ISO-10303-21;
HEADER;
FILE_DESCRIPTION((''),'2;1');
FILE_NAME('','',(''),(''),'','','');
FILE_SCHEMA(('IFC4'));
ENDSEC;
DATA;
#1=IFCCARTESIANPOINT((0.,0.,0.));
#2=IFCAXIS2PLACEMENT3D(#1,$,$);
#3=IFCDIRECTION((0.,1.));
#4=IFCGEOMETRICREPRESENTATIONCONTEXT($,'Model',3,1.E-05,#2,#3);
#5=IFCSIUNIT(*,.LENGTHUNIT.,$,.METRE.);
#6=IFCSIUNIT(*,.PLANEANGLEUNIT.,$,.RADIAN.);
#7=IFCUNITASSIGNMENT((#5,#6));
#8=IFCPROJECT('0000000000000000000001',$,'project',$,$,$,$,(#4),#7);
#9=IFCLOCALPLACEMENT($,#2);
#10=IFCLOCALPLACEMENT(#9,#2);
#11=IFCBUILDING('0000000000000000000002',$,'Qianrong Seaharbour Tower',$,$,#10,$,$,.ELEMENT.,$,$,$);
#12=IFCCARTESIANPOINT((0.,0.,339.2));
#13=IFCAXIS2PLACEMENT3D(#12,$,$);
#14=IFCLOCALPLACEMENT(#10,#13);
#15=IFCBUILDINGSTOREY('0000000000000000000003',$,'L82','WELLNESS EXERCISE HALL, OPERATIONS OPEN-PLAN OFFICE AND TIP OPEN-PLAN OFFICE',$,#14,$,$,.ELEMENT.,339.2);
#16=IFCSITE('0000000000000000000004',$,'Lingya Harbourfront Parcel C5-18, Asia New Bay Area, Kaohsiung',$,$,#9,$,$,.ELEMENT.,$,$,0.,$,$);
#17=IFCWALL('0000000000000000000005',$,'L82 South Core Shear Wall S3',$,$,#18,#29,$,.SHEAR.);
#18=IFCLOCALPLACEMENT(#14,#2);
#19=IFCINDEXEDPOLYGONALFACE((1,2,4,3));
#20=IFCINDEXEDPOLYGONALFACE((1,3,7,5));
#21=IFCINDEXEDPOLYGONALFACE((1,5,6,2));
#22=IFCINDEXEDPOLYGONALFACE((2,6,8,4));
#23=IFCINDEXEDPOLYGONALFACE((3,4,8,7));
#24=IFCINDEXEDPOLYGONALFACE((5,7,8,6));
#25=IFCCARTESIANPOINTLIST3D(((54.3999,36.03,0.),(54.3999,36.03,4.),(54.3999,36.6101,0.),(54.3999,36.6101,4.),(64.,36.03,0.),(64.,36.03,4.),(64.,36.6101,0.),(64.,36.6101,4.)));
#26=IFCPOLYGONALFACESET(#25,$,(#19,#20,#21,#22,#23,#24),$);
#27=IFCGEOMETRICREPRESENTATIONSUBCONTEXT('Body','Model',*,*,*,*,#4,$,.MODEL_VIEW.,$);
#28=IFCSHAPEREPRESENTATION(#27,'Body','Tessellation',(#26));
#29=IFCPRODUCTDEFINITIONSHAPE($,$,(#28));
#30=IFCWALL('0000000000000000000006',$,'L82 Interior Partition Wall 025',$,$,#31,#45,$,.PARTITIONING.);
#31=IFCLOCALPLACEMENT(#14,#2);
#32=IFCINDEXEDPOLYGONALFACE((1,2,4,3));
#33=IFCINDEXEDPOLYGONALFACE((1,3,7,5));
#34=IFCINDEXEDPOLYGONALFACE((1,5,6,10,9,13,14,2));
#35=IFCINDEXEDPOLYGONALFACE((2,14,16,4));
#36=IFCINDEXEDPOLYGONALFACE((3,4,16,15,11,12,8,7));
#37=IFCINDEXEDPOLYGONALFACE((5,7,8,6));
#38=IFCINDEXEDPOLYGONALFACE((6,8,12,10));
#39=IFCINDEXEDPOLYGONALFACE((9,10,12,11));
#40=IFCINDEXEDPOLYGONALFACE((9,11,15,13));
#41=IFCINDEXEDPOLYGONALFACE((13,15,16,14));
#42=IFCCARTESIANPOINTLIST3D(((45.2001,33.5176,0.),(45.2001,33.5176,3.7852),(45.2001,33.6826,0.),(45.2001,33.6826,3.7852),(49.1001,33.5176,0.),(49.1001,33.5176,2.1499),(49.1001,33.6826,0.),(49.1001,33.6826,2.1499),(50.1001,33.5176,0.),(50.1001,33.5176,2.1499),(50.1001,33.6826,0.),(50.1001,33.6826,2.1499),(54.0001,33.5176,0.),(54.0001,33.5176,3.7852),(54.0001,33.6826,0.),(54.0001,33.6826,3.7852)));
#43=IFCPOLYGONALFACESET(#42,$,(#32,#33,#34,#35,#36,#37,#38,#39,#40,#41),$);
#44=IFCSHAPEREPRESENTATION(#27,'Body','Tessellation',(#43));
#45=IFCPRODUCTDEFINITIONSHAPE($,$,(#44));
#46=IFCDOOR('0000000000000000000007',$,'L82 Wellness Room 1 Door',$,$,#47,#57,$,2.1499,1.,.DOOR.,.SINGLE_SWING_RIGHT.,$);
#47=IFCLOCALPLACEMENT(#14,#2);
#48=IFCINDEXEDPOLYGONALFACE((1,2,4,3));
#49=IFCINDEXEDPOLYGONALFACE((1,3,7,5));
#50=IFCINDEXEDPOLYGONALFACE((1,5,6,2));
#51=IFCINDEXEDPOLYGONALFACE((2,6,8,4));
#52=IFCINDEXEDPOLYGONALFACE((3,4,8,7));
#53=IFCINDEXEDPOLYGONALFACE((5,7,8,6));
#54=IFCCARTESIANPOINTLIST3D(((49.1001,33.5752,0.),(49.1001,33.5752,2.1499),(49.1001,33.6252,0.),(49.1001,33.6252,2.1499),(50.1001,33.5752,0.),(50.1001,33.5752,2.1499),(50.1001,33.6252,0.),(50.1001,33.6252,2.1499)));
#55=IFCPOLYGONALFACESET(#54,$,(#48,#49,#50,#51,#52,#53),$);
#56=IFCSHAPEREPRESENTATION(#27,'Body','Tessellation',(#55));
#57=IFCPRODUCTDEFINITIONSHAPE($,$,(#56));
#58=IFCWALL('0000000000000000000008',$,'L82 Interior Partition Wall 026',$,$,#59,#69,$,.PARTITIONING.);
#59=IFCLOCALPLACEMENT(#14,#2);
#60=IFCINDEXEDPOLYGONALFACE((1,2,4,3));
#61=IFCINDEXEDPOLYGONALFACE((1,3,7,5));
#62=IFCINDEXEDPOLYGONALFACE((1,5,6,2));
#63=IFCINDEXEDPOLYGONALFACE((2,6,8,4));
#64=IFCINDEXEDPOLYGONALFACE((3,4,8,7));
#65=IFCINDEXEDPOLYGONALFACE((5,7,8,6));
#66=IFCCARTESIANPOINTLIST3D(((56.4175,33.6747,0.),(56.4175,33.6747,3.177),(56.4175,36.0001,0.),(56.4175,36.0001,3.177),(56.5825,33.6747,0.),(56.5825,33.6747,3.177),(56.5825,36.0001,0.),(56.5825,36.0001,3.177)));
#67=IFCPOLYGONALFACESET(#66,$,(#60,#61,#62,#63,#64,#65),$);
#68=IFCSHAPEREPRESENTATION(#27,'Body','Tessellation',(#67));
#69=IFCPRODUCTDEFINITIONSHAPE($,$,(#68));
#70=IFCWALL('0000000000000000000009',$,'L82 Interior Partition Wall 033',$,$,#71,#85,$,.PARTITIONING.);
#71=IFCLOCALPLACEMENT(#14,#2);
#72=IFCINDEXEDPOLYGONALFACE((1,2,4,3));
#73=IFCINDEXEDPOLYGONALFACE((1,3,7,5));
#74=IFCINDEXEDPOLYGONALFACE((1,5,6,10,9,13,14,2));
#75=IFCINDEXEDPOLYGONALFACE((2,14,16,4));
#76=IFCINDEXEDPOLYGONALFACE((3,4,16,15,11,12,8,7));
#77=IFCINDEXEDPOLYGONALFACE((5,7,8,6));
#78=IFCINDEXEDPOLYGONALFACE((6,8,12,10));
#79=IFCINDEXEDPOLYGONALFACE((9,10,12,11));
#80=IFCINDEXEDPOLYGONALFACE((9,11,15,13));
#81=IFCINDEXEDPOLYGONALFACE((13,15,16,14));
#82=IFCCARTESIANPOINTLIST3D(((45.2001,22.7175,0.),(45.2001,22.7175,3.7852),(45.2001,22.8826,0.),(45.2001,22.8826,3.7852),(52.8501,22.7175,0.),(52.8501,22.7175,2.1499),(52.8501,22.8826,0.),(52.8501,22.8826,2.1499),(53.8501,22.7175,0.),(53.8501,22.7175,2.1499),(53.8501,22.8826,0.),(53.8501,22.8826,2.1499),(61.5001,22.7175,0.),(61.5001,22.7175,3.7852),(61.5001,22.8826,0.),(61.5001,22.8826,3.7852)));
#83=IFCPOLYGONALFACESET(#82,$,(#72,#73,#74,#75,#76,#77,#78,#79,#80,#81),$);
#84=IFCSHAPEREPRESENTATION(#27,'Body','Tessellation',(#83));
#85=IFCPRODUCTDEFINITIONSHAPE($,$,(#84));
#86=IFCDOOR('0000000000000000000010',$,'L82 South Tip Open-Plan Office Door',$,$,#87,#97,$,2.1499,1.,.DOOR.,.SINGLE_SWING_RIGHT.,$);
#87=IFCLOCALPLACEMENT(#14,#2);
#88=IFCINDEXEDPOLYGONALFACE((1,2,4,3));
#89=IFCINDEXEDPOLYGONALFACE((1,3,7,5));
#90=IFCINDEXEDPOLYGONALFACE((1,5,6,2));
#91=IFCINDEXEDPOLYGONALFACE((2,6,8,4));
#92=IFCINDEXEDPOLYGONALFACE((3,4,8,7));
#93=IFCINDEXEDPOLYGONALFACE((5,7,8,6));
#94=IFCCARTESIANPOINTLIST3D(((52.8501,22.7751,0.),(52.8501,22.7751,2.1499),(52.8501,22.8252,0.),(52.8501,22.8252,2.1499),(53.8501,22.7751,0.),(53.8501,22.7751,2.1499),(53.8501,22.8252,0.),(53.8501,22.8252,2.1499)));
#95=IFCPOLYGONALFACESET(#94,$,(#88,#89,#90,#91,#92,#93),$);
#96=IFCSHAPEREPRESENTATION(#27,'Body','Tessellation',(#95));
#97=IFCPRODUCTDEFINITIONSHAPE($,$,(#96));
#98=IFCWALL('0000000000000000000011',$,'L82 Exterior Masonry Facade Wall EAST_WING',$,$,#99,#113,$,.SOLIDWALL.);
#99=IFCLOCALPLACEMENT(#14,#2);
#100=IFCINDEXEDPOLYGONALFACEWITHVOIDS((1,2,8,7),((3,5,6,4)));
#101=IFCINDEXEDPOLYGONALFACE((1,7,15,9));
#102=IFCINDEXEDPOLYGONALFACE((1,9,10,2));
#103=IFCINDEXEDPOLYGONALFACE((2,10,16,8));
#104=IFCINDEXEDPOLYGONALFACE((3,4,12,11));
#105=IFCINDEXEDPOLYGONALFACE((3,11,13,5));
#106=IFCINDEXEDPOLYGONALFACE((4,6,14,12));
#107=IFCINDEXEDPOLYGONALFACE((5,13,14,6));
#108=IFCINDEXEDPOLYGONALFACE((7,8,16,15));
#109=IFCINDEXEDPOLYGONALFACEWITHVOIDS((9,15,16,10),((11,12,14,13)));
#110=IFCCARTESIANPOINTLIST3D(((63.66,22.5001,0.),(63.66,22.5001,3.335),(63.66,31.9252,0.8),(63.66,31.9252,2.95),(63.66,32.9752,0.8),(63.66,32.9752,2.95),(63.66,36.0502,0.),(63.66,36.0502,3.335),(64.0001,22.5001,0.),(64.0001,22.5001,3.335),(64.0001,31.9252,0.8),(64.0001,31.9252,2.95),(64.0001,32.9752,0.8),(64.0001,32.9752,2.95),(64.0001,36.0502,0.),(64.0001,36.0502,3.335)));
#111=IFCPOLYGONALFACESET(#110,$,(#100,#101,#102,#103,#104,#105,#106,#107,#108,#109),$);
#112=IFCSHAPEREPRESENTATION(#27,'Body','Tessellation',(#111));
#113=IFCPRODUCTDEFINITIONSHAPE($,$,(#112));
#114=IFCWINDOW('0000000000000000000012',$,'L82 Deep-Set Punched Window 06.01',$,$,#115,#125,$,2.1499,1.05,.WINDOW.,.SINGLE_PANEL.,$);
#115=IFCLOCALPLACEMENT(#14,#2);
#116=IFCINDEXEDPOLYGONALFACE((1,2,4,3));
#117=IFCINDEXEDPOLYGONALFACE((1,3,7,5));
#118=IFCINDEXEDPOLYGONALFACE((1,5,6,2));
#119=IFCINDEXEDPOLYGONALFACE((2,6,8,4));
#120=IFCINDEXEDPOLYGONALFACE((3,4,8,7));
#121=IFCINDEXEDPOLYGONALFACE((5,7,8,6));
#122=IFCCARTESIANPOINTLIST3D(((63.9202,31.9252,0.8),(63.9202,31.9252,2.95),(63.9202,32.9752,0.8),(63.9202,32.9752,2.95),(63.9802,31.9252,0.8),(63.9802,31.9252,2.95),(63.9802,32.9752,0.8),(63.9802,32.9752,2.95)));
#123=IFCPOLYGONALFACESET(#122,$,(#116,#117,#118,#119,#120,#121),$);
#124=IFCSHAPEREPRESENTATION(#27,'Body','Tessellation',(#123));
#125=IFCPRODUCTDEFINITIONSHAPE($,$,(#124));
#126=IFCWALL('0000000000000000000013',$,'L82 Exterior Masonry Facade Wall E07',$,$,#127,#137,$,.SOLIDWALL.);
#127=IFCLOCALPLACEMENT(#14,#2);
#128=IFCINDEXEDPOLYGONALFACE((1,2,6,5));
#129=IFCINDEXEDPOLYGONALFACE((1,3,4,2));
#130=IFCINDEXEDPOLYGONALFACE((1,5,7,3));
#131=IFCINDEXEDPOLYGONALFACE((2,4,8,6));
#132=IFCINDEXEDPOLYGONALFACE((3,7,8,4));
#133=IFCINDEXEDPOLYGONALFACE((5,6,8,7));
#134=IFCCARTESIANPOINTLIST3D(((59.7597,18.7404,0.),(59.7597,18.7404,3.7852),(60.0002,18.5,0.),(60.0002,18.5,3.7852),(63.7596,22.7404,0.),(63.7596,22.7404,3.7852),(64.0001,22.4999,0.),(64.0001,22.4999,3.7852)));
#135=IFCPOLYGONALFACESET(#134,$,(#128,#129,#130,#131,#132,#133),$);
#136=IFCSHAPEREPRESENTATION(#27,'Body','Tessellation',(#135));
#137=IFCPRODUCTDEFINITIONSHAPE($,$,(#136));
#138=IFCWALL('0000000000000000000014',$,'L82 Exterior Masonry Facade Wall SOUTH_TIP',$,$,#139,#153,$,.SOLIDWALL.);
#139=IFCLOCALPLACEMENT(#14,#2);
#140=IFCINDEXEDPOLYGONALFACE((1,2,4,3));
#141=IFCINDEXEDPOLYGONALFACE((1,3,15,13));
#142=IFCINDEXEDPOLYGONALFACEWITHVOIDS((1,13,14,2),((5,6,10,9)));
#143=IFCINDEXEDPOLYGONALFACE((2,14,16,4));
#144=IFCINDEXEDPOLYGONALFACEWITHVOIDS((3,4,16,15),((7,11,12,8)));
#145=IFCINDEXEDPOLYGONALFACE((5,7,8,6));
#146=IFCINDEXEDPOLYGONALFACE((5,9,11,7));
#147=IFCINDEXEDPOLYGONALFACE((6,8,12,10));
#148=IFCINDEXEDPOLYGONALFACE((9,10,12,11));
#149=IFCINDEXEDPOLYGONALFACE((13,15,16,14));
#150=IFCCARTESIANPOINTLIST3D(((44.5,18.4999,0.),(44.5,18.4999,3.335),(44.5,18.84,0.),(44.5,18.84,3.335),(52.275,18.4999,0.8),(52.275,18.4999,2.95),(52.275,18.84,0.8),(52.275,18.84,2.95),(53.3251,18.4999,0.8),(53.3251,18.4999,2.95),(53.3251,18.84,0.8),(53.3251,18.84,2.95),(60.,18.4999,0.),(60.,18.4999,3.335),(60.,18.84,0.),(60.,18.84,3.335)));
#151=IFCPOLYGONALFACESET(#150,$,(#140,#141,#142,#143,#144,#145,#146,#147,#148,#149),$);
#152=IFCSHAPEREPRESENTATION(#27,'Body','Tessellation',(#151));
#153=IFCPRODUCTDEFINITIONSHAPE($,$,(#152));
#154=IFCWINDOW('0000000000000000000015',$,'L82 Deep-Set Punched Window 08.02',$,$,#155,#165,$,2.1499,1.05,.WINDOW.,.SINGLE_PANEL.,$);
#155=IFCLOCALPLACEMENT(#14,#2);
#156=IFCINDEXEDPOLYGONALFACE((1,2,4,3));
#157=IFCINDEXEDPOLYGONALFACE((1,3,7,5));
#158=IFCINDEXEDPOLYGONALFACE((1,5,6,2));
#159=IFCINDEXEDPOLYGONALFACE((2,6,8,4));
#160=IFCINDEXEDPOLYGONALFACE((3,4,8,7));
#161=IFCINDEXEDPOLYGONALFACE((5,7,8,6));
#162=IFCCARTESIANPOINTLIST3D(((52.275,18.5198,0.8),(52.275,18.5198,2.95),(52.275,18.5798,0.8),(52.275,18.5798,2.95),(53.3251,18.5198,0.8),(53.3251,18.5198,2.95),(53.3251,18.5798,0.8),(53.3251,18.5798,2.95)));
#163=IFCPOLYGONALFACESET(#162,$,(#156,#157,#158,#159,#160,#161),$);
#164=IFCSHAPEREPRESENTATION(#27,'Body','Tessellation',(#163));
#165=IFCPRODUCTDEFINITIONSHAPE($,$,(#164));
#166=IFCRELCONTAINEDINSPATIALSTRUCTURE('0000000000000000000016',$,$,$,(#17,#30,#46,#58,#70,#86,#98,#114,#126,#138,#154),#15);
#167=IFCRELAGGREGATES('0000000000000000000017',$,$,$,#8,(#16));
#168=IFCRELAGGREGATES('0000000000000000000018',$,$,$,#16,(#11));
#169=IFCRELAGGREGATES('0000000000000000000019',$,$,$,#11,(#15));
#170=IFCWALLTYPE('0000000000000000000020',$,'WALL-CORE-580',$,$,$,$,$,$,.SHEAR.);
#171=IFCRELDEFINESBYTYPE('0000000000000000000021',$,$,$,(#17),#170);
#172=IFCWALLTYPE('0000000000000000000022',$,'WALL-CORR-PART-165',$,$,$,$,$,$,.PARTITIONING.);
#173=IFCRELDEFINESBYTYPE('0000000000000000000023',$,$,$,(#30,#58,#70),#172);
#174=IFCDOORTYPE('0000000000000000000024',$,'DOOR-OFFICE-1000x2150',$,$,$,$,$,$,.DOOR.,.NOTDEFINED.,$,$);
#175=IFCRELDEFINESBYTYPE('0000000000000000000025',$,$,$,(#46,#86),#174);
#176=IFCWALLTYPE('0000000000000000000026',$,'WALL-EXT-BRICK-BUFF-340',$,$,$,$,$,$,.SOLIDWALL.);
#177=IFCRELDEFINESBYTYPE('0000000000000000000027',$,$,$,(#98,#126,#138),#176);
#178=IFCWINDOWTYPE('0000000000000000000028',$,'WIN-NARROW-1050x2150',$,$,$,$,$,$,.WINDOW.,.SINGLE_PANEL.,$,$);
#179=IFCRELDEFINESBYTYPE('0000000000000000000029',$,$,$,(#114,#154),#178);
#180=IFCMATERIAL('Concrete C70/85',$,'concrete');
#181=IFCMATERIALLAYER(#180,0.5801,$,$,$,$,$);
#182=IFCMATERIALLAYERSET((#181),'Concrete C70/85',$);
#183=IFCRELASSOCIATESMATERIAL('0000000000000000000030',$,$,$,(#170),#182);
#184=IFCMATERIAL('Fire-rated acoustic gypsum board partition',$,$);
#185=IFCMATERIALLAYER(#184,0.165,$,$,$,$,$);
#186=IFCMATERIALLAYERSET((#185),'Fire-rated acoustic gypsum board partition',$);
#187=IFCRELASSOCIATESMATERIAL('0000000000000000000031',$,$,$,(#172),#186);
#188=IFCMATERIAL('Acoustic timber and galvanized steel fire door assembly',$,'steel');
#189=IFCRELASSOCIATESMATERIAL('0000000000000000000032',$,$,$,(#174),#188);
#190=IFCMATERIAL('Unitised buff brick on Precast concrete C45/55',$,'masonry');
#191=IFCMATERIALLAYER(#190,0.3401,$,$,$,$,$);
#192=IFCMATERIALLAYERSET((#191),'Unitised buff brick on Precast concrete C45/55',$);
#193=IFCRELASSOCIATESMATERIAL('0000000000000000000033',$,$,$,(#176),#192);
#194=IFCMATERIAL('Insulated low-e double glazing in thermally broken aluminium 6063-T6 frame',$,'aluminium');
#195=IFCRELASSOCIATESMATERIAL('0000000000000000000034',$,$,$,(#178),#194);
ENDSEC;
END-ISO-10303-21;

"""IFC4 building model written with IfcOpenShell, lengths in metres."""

from ifc_helpers import new_model, si_unit, direction, frame, frame_2d, origin, place, context, subcontext, project, spatial, rectangle, extrude, material, layer, layer_set, type_object, element, fill, save


model = new_model("IFC4")

# Units and contexts
model_context = context("Model", 3, precision=1e-05, world=origin(), true_north=direction((0.0, 1.0)))
body_context = subcontext(model_context, "Body", "Model", "MODEL_VIEW")
ifc_project = project(units=[si_unit("LENGTHUNIT", "METRE"), si_unit("PLANEANGLEUNIT", "RADIAN")], contexts=[model_context])

# Site, building, storey
site_placement = place(None, origin())
site = spatial("IfcSite", under=ifc_project, at=site_placement, Name="Lingya Harbourfront Parcel C5-18, Asia New Bay Area, Kaohsiung", CompositionType="ELEMENT", RefElevation=0.0)
building_placement = place(site_placement, origin())
building = spatial("IfcBuilding", under=site, at=building_placement, Name="Qianrong Seaharbour Tower", CompositionType="ELEMENT")
storey_placement = place(building_placement, frame((0.0, 0.0, 339.2)))
storey = spatial("IfcBuildingStorey", under=building, at=storey_placement, Name="L82", Description="WELLNESS EXERCISE HALL, OPERATIONS OPEN-PLAN OFFICE AND TIP OPEN-PLAN OFFICE", CompositionType="ELEMENT", Elevation=339.2)

# Wall
ifc_material_1 = material(Name="Concrete C70/85", Category="concrete")
ifc_layer_1 = layer(ifc_material_1, 0.5801)
ifc_layer_set_1 = layer_set([ifc_layer_1], Name="Concrete C70/85")
wall_type_1 = type_object("IfcWallType", Name="WALL-CORE-580", PredefinedType="SHEAR", material=ifc_layer_set_1)
wall_1_placement = place(storey_placement, frame((54.3999, 36.3201, 0.0), z_axis=(0.0, 0.0, 1.0), x_axis=(1.0, 0.0, 0.0)))
element("IfcWall", 1, at=wall_1_placement, inside=storey, type_object=wall_type_1, Name="L82 South Core Shear Wall S3", PredefinedType="SHEAR", context=body_context, shape_type="SweptSolid", body=[
    extrude(rectangle(XDim=9.6001, YDim=0.5801, at=frame_2d((4.8, 0.0))), origin(), (0.0, 0.0, 1.0), 4.0),
])

# Wall, opening, door
ifc_material_2 = material(Name="Fire-rated acoustic gypsum board partition")
ifc_layer_2 = layer(ifc_material_2, 0.165)
ifc_layer_set_2 = layer_set([ifc_layer_2], Name="Fire-rated acoustic gypsum board partition")
wall_type_2 = type_object("IfcWallType", Name="WALL-CORR-PART-165", PredefinedType="PARTITIONING", material=ifc_layer_set_2)
wall_2_placement = place(storey_placement, frame((54.0, 33.6001, 0.0), z_axis=(0.0, 0.0, 1.0), x_axis=(-1.0, 0.0, 0.0)))
wall_2 = element("IfcWall", 2, at=wall_2_placement, inside=storey, type_object=wall_type_2, Name="L82 Interior Partition Wall 025", PredefinedType="PARTITIONING", context=body_context, shape_type="SweptSolid", body=[
    extrude(rectangle(XDim=8.8, YDim=0.165, at=frame_2d((4.3999, 0.0))), origin(), (0.0, 0.0, 1.0), 3.7852),
])
opening_1_placement = place(wall_2_placement, frame((3.8999, 0.0, 0.0)))
opening_1 = element("IfcOpeningElement", 3, at=opening_1_placement, cuts=wall_2, PredefinedType="OPENING", context=body_context, shape_type="SweptSolid", body=[
    extrude(rectangle(XDim=1.0, YDim=2.1499, at=frame_2d((0.5, 1.075))), frame((0.0, 0.0925, 0.0), z_axis=(0.0, -1.0, 0.0), x_axis=(1.0, 0.0, 0.0)), (0.0, 0.0, 1.0), 0.1851),
])
ifc_material_3 = material(Name="Acoustic timber and galvanized steel fire door assembly", Category="steel")
door_type = type_object("IfcDoorType", Name="DOOR-OFFICE-1000x2150", OperationType="NOTDEFINED", PredefinedType="DOOR", material=ifc_material_3)
door_1_placement = place(opening_1_placement, origin())
door_1 = element("IfcDoor", 4, at=door_1_placement, inside=storey, type_object=door_type, Name="L82 Wellness Room 1 Door", OperationType="SINGLE_SWING_RIGHT", OverallHeight=2.1499, OverallWidth=1.0, PredefinedType="DOOR", context=body_context, shape_type="SweptSolid", body=[
    extrude(rectangle(XDim=1.0, YDim=2.1499, at=frame_2d((0.5, 1.075))), frame((0.0, 0.0249, 0.0), z_axis=(0.0, -1.0, 0.0), x_axis=(1.0, 0.0, 0.0)), (0.0, 0.0, 1.0), 0.05),
])
fill(opening_1, door_1)

# Wall
wall_3_placement = place(storey_placement, frame((56.5, 36.0, 0.0), z_axis=(0.0, 0.0, 1.0), x_axis=(0.0, -1.0, 0.0)))
element("IfcWall", 5, at=wall_3_placement, inside=storey, type_object=wall_type_2, Name="L82 Interior Partition Wall 026", PredefinedType="PARTITIONING", context=body_context, shape_type="SweptSolid", body=[
    extrude(rectangle(XDim=2.3254, YDim=0.165, at=frame_2d((1.1626, 0.0))), origin(), (0.0, 0.0, 1.0), 3.177),
])

# Wall, opening, door
wall_4_placement = place(storey_placement, frame((61.5, 22.8, 0.0), z_axis=(0.0, 0.0, 1.0), x_axis=(-1.0, 0.0, 0.0)))
wall_4 = element("IfcWall", 6, at=wall_4_placement, inside=storey, type_object=wall_type_2, Name="L82 Interior Partition Wall 033", PredefinedType="PARTITIONING", context=body_context, shape_type="SweptSolid", body=[
    extrude(rectangle(XDim=16.3, YDim=0.165, at=frame_2d((8.1499, 0.0))), origin(), (0.0, 0.0, 1.0), 3.7852),
])
opening_2_placement = place(wall_4_placement, frame((7.6499, 0.0, 0.0)))
opening_2 = element("IfcOpeningElement", 7, at=opening_2_placement, cuts=wall_4, PredefinedType="OPENING", context=body_context, shape_type="SweptSolid", body=[
    extrude(rectangle(XDim=1.0, YDim=2.1499, at=frame_2d((0.5, 1.075))), frame((0.0, 0.0925, 0.0), z_axis=(0.0, -1.0, 0.0), x_axis=(1.0, 0.0, 0.0)), (0.0, 0.0, 1.0), 0.1851),
])
door_2_placement = place(opening_2_placement, origin())
door_2 = element("IfcDoor", 8, at=door_2_placement, inside=storey, type_object=door_type, Name="L82 South Tip Open-Plan Office Door", OperationType="SINGLE_SWING_RIGHT", OverallHeight=2.1499, OverallWidth=1.0, PredefinedType="DOOR", context=body_context, shape_type="SweptSolid", body=[
    extrude(rectangle(XDim=1.0, YDim=2.1499, at=frame_2d((0.5, 1.075))), frame((0.0, 0.0249, 0.0), z_axis=(0.0, -1.0, 0.0), x_axis=(1.0, 0.0, 0.0)), (0.0, 0.0, 1.0), 0.05),
])
fill(opening_2, door_2)

# Wall, opening, window
ifc_material_4 = material(Name="Unitised buff brick on Precast concrete C45/55", Category="masonry")
ifc_layer_3 = layer(ifc_material_4, 0.3401)
ifc_layer_set_3 = layer_set([ifc_layer_3], Name="Unitised buff brick on Precast concrete C45/55")
wall_type_3 = type_object("IfcWallType", Name="WALL-EXT-BRICK-BUFF-340", PredefinedType="SOLIDWALL", material=ifc_layer_set_3)
wall_5_placement = place(storey_placement, frame((63.8301, 36.05, 0.0), z_axis=(0.0, 0.0, 1.0), x_axis=(0.0, -1.0, 0.0)))
wall_5 = element("IfcWall", 9, at=wall_5_placement, inside=storey, type_object=wall_type_3, Name="L82 Exterior Masonry Facade Wall EAST_WING", PredefinedType="SOLIDWALL", context=body_context, shape_type="SweptSolid", body=[
    extrude(rectangle(XDim=13.55, YDim=0.3401, at=frame_2d((6.7749, 0.0))), origin(), (0.0, 0.0, 1.0), 3.335),
])
opening_3_placement = place(wall_5_placement, frame((3.075, 0.0, 0.8)))
opening_3 = element("IfcOpeningElement", 10, at=opening_3_placement, cuts=wall_5, PredefinedType="OPENING", context=body_context, shape_type="SweptSolid", body=[
    extrude(rectangle(XDim=1.05, YDim=2.1499, at=frame_2d((0.5249, 1.075))), frame((0.0, 0.1802, 0.0), z_axis=(0.0, -1.0, 0.0), x_axis=(1.0, 0.0, 0.0)), (0.0, 0.0, 1.0), 0.3601),
])
ifc_material_5 = material(Name="Insulated low-e double glazing in thermally broken aluminium 6063-T6 frame", Category="aluminium")
window_type = type_object("IfcWindowType", Name="WIN-NARROW-1050x2150", PartitioningType="SINGLE_PANEL", PredefinedType="WINDOW", material=ifc_material_5)
window_1_placement = place(opening_3_placement, origin())
window_1 = element("IfcWindow", 11, at=window_1_placement, inside=storey, type_object=window_type, Name="L82 Deep-Set Punched Window 06.01", OverallHeight=2.1499, OverallWidth=1.05, PartitioningType="SINGLE_PANEL", PredefinedType="WINDOW", context=body_context, shape_type="SweptSolid", body=[
    extrude(rectangle(XDim=1.05, YDim=2.1499, at=frame_2d((0.5249, 1.075))), frame((0.0, 0.1501, 0.0), z_axis=(0.0, -1.0, 0.0), x_axis=(1.0, 0.0, 0.0)), (0.0, 0.0, 1.0), 0.0601),
])
fill(opening_3, window_1)

# Wall
wall_6_placement = place(storey_placement, frame((63.8799, 22.6201, 0.0), z_axis=(0.0, 0.0, 1.0), x_axis=(-0.707107, -0.707107, 0.0)))
element("IfcWall", 12, at=wall_6_placement, inside=storey, type_object=wall_type_3, Name="L82 Exterior Masonry Facade Wall E07", PredefinedType="SOLIDWALL", context=body_context, shape_type="SweptSolid", body=[
    extrude(rectangle(XDim=5.6567, YDim=0.3401, at=frame_2d((2.8284, 0.0))), origin(), (0.0, 0.0, 1.0), 3.7852),
])

# Wall, opening, window
wall_7_placement = place(storey_placement, frame((60.0, 18.6699, 0.0), z_axis=(0.0, 0.0, 1.0), x_axis=(-1.0, 0.0, 0.0)))
wall_7 = element("IfcWall", 13, at=wall_7_placement, inside=storey, type_object=wall_type_3, Name="L82 Exterior Masonry Facade Wall SOUTH_TIP", PredefinedType="SOLIDWALL", context=body_context, shape_type="SweptSolid", body=[
    extrude(rectangle(XDim=15.5, YDim=0.3401, at=frame_2d((7.75, 0.0))), origin(), (0.0, 0.0, 1.0), 3.335),
])
opening_4_placement = place(wall_7_placement, frame((6.675, 0.0, 0.8)))
opening_4 = element("IfcOpeningElement", 14, at=opening_4_placement, cuts=wall_7, PredefinedType="OPENING", context=body_context, shape_type="SweptSolid", body=[
    extrude(rectangle(XDim=1.05, YDim=2.1499, at=frame_2d((0.5249, 1.075))), frame((0.0, 0.1802, 0.0), z_axis=(0.0, -1.0, 0.0), x_axis=(1.0, 0.0, 0.0)), (0.0, 0.0, 1.0), 0.3601),
])
window_2_placement = place(opening_4_placement, origin())
window_2 = element("IfcWindow", 15, at=window_2_placement, inside=storey, type_object=window_type, Name="L82 Deep-Set Punched Window 08.02", OverallHeight=2.1499, OverallWidth=1.05, PartitioningType="SINGLE_PANEL", PredefinedType="WINDOW", context=body_context, shape_type="SweptSolid", body=[
    extrude(rectangle(XDim=1.05, YDim=2.1499, at=frame_2d((0.5249, 1.075))), frame((0.0, 0.1501, 0.0), z_axis=(0.0, -1.0, 0.0), x_axis=(1.0, 0.0, 0.0)), (0.0, 0.0, 1.0), 0.0601),
])
fill(opening_4, window_2)

save(model, "model.ifc")
